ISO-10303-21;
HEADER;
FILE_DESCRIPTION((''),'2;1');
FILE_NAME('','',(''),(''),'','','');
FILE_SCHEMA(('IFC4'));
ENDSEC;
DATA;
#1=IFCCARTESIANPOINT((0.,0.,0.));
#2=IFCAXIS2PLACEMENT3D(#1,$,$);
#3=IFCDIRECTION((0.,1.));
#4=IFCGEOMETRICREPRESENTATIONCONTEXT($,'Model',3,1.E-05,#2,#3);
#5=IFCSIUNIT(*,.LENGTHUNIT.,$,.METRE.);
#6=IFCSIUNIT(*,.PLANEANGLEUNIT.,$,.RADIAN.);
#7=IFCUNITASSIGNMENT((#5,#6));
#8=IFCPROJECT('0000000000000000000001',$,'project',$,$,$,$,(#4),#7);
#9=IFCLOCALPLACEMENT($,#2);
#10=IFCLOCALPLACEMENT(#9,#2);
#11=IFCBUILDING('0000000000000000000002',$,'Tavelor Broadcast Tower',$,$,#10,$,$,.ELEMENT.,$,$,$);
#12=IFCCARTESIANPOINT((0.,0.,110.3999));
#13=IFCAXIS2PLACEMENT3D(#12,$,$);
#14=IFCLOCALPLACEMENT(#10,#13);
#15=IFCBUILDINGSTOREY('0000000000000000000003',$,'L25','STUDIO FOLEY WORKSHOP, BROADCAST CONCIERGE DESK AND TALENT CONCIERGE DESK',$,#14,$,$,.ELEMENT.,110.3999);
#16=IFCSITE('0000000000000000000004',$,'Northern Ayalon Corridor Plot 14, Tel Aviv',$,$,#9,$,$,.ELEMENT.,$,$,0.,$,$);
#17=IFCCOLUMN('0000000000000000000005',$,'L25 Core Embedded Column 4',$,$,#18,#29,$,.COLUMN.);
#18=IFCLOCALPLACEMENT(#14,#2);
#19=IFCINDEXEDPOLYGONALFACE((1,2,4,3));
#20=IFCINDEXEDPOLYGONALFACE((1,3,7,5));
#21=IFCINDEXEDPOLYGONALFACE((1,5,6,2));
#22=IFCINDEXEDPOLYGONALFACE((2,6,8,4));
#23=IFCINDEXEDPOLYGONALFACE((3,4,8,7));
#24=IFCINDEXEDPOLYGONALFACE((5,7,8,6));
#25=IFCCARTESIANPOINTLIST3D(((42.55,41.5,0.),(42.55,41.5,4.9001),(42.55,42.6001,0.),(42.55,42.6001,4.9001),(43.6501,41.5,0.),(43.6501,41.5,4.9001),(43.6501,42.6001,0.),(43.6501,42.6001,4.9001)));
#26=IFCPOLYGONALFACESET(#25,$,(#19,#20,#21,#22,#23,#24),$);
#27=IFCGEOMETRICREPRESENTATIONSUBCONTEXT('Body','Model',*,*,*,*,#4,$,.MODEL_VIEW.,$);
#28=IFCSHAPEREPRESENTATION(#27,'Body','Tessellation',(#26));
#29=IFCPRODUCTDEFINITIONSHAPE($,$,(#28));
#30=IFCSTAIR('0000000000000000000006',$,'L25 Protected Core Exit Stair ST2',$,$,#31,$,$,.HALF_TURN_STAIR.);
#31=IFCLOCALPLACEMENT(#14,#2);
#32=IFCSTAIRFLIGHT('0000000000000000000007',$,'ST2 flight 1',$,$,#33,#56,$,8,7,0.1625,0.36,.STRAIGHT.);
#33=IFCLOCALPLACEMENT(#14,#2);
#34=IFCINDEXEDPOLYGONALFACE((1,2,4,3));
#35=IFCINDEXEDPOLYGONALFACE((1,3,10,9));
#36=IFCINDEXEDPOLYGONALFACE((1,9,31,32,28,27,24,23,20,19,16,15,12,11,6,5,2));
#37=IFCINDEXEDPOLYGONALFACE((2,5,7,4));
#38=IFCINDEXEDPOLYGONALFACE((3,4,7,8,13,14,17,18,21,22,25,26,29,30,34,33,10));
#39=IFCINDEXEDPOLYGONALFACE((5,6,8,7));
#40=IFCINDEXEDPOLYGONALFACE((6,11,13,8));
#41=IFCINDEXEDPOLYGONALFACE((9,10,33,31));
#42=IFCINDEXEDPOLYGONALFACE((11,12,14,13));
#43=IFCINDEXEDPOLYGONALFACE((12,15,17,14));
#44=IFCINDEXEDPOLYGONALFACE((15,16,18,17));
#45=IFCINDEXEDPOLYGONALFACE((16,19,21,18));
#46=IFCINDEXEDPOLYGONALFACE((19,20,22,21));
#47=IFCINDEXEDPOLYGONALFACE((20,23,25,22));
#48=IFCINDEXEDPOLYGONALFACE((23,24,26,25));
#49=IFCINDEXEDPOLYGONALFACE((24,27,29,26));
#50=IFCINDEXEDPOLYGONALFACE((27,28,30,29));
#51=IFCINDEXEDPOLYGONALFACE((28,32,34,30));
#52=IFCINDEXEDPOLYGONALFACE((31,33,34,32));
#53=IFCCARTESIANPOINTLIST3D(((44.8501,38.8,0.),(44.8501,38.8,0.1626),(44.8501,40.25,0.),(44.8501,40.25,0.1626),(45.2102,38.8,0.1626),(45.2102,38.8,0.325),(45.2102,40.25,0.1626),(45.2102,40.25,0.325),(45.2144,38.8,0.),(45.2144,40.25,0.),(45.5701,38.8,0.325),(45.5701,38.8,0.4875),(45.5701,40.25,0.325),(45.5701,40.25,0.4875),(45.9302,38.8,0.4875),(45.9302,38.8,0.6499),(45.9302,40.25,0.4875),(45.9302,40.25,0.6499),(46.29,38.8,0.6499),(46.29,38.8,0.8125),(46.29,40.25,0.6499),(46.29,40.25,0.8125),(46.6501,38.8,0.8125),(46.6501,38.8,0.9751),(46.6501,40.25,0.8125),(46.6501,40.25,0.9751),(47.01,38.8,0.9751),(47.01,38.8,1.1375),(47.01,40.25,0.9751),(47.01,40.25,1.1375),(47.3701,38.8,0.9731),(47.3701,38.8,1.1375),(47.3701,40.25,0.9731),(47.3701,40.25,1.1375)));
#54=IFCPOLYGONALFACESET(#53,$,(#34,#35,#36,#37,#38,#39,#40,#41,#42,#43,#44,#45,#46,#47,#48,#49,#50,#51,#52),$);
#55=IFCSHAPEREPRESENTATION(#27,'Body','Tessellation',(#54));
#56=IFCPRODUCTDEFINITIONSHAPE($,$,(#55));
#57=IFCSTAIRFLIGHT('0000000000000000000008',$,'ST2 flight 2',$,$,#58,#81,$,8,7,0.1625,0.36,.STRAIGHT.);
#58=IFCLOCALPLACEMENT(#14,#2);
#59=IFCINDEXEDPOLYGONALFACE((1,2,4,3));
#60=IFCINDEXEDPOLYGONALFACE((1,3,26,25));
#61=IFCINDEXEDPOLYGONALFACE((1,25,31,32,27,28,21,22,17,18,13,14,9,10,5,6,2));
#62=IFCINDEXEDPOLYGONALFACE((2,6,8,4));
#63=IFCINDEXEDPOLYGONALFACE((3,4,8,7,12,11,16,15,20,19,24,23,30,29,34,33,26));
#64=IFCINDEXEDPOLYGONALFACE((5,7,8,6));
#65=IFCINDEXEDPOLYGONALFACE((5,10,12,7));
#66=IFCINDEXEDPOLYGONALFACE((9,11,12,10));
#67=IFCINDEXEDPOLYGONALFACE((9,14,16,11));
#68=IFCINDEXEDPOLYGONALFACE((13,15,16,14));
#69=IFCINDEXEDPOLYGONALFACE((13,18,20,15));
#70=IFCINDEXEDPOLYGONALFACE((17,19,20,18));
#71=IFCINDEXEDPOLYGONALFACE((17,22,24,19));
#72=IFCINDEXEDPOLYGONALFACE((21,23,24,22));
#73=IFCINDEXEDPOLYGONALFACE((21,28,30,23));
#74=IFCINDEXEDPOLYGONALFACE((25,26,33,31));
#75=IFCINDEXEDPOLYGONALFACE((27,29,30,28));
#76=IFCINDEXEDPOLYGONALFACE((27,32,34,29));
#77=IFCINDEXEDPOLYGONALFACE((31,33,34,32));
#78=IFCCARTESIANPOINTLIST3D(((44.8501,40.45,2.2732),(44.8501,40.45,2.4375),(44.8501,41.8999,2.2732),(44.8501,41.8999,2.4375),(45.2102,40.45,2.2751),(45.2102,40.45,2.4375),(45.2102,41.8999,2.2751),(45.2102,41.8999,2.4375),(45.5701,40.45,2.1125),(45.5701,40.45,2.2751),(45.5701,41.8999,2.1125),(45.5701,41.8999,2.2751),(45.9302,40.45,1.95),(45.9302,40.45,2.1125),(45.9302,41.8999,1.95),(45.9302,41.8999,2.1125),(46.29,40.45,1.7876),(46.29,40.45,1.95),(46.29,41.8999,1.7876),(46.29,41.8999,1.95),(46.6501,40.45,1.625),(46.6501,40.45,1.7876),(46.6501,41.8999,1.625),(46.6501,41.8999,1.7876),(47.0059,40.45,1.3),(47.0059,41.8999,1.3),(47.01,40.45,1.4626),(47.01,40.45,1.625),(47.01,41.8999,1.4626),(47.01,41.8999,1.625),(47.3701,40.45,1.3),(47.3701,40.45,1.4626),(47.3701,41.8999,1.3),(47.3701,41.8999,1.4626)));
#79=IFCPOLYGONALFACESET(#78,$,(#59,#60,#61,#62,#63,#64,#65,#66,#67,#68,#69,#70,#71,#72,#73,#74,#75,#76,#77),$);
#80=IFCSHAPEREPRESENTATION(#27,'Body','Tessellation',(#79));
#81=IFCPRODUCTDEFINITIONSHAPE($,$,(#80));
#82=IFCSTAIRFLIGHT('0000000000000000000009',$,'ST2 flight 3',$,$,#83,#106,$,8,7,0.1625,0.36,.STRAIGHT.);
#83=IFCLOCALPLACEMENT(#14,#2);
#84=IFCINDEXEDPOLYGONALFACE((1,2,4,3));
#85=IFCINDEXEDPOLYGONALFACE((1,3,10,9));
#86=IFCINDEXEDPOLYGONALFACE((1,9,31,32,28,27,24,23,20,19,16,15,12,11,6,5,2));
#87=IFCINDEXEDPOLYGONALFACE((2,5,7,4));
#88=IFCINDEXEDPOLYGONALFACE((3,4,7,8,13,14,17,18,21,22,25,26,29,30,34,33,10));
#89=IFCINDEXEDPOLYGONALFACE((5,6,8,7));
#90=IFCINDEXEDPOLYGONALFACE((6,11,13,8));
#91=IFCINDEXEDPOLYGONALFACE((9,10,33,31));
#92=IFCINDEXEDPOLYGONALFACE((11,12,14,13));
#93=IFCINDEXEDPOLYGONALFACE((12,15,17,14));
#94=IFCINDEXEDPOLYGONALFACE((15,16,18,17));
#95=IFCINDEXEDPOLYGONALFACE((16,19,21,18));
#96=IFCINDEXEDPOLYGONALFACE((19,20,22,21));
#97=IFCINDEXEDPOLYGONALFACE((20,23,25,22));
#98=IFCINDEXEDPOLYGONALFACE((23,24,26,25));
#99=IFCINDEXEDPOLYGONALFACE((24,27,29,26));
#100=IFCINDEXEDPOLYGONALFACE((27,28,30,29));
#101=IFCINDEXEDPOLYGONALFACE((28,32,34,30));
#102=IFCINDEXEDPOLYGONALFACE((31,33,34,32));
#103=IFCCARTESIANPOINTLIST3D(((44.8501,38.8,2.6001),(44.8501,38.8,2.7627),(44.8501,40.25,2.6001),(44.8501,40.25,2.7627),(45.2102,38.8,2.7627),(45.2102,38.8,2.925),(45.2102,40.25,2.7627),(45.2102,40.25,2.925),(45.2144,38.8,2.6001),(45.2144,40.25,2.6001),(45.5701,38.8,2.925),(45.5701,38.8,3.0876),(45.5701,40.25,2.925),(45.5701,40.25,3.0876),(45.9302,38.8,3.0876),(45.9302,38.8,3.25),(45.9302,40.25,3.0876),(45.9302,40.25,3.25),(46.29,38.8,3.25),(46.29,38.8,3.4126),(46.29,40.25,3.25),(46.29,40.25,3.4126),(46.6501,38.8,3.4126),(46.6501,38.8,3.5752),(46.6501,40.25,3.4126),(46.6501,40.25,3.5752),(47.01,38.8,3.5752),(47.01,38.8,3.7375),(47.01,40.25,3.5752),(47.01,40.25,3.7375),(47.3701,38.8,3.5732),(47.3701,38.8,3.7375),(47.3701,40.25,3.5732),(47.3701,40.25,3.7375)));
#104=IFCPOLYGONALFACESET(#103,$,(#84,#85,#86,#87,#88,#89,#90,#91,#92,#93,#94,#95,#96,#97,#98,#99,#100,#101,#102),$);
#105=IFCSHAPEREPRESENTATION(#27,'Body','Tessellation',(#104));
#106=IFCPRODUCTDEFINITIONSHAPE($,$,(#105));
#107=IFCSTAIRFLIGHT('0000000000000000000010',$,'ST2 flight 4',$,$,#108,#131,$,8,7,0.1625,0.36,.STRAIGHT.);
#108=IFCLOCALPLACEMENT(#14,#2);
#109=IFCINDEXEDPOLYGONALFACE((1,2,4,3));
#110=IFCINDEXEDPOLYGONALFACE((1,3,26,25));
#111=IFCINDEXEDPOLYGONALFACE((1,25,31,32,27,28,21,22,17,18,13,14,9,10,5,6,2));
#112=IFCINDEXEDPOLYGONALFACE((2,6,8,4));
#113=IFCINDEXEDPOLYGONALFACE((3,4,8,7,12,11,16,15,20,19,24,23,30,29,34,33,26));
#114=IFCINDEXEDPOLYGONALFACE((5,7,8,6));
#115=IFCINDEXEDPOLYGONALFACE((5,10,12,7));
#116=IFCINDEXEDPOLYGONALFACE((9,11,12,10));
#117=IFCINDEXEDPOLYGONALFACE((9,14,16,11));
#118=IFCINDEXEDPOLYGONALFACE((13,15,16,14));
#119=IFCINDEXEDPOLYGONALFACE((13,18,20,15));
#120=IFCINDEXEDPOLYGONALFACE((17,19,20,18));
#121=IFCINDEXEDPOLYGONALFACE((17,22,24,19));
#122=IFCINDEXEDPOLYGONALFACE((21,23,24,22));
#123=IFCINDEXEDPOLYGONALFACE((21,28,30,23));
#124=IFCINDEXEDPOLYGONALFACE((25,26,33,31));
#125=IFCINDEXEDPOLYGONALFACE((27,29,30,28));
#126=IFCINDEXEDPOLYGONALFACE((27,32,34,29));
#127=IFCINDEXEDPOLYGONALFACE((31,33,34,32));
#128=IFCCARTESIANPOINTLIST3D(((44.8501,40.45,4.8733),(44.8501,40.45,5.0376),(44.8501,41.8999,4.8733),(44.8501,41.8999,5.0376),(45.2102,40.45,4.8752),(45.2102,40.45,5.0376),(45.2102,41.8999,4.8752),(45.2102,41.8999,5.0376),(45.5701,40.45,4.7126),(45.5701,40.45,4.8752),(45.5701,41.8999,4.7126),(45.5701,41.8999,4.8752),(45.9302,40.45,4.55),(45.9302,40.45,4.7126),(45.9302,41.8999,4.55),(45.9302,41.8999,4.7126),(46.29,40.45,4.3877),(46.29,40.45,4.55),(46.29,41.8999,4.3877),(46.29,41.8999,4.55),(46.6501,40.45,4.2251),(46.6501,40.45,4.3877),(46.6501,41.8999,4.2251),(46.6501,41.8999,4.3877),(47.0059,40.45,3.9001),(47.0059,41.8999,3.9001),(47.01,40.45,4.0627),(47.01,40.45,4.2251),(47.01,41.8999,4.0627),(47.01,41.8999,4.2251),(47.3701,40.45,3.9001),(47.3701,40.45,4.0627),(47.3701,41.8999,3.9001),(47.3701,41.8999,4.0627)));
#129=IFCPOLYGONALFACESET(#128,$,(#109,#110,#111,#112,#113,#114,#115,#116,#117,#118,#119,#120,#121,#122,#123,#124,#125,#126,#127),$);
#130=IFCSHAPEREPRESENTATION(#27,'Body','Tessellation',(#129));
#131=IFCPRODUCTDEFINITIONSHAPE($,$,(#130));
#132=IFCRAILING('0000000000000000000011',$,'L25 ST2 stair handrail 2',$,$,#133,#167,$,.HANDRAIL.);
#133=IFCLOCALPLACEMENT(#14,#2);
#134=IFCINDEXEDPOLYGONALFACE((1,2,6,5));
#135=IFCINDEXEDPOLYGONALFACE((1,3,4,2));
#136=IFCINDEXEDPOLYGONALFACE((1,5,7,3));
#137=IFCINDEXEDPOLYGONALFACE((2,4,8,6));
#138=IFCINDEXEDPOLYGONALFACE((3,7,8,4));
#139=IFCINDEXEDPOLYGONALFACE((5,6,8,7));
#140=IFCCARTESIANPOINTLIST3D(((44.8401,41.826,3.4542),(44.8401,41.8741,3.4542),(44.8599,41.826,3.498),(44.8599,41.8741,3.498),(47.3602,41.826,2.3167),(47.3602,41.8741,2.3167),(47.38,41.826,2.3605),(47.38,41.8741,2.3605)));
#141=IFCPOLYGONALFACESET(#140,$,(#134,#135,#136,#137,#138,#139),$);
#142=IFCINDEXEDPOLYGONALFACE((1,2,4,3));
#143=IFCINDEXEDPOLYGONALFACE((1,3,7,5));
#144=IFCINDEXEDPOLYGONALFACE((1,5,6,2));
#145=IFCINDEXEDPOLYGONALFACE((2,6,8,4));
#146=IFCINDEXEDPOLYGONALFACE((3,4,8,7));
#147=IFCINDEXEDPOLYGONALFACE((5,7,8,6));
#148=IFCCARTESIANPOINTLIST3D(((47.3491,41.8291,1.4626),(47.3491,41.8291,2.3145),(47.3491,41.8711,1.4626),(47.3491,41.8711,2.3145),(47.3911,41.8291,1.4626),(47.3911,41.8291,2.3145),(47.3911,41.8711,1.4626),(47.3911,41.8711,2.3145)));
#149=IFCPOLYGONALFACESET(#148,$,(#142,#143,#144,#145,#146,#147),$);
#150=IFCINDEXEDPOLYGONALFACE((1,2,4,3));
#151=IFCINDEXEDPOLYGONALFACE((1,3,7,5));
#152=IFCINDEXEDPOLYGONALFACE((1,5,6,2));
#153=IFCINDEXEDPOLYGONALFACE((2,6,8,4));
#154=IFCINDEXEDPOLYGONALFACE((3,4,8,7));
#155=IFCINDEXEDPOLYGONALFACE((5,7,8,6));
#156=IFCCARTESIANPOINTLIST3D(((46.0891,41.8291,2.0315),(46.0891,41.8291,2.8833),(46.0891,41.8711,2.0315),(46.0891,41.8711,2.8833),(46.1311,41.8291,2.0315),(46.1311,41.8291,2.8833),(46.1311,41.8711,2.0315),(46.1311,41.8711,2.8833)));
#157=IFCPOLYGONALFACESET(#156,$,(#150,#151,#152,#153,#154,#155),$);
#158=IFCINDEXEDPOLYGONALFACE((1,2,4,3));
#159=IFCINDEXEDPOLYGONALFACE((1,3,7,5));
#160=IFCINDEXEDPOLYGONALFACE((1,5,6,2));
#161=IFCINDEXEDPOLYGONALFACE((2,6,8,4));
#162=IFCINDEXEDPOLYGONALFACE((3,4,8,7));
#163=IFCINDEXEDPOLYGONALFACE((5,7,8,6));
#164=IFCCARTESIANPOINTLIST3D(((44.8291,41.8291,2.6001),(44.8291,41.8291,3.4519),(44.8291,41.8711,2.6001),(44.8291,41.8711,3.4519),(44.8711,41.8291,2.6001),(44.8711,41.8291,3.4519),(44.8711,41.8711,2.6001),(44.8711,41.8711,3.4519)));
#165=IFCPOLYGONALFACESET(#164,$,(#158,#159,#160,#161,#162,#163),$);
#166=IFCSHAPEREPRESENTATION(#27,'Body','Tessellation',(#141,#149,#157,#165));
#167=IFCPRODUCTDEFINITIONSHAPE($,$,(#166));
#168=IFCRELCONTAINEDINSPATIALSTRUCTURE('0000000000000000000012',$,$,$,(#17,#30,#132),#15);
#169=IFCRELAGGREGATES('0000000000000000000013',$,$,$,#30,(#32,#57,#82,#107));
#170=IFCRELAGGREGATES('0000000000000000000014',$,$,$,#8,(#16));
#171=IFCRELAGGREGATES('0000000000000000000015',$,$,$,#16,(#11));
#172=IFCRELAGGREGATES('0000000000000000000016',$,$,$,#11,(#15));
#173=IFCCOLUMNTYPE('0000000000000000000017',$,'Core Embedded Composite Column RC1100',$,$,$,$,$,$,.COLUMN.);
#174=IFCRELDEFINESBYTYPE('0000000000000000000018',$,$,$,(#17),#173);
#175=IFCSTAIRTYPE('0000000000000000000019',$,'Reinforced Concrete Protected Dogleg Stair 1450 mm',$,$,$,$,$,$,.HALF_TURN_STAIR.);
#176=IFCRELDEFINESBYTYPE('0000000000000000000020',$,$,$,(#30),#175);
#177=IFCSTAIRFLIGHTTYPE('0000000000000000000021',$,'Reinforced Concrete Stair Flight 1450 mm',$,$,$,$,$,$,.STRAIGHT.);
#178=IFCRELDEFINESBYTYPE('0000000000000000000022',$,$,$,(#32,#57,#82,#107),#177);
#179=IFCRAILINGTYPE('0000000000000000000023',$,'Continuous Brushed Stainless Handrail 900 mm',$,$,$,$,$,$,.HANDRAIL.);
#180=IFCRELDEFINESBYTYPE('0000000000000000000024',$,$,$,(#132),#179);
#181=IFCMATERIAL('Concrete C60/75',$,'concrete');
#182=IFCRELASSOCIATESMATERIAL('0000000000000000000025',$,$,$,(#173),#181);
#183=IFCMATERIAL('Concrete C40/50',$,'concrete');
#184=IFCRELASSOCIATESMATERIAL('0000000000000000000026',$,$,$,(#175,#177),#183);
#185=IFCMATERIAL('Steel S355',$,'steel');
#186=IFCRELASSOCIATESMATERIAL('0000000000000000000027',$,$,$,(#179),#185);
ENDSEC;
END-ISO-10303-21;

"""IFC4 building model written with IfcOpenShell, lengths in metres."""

from ifc_helpers import new_model, si_unit, direction, frame, origin, origin_2d, place, context, subcontext, project, spatial, polyline, rectangle, outline, extrude, material, material_profile, profile_set, type_object, element, aggregate, save


model = new_model("IFC4")

# Units and contexts
model_context = context("Model", 3, precision=1e-05, world=origin(), true_north=direction((0.0, 1.0)))
body_context = subcontext(model_context, "Body", "Model", "MODEL_VIEW")
ifc_project = project(units=[si_unit("LENGTHUNIT", "METRE"), si_unit("PLANEANGLEUNIT", "RADIAN")], contexts=[model_context])

# Site, building, storey
site_placement = place(None, origin())
site = spatial("IfcSite", under=ifc_project, at=site_placement, Name="Northern Ayalon Corridor Plot 14, Tel Aviv", CompositionType="ELEMENT", RefElevation=0.0)
building_placement = place(site_placement, origin())
building = spatial("IfcBuilding", under=site, at=building_placement, Name="Tavelor Broadcast Tower", CompositionType="ELEMENT")
storey_placement = place(building_placement, frame((0.0, 0.0, 110.3999)))
storey = spatial("IfcBuildingStorey", under=building, at=storey_placement, Name="L25", Description="STUDIO FOLEY WORKSHOP, BROADCAST CONCIERGE DESK AND TALENT CONCIERGE DESK", CompositionType="ELEMENT", Elevation=110.3999)

# Column
ifc_material_1 = material(Name="Concrete C60/75", Category="concrete")
ifc_material_profile = material_profile(ifc_material_1, rectangle(XDim=1.1001, YDim=1.1001, at=origin_2d()), Name="RC 1100x1100")
ifc_profile_set = profile_set([ifc_material_profile], Name="Concrete C60/75")
column_type = type_object("IfcColumnType", Name="Core Embedded Composite Column RC1100", PredefinedType="COLUMN", material=ifc_profile_set)
column_placement = place(storey_placement, frame((43.1001, 42.05, 0.0), z_axis=(0.0, 0.0, 1.0), x_axis=(1.0, 0.0, 0.0)))
element("IfcColumn", 1, at=column_placement, inside=storey, type_object=column_type, Name="L25 Core Embedded Column 4", PredefinedType="COLUMN", context=body_context, shape_type="SweptSolid", body=[
    extrude(rectangle(XDim=1.1001, YDim=1.1001, at=origin_2d()), origin(), (0.0, 0.0, 1.0), 4.9001),
])

# Stair, stair flights
ifc_material_2 = material(Name="Concrete C40/50", Category="concrete")
stair_type = type_object("IfcStairType", Name="Reinforced Concrete Protected Dogleg Stair 1450 mm", PredefinedType="HALF_TURN_STAIR", material=ifc_material_2)
stair_placement = place(storey_placement, origin())
stair = element("IfcStair", 2, at=stair_placement, inside=storey, type_object=stair_type, Name="L25 Protected Core Exit Stair ST2", PredefinedType="HALF_TURN_STAIR")
stair_flight_type = type_object("IfcStairFlightType", Name="Reinforced Concrete Stair Flight 1450 mm", PredefinedType="STRAIGHT", material=ifc_material_2)
stair_flight_1_placement = place(storey_placement, frame((44.8501, 39.5249, 0.0), z_axis=(0.0, 0.0, 1.0), x_axis=(1.0, 0.0, 0.0)))
stair_flight_1 = element("IfcStairFlight", 3, at=stair_flight_1_placement, type_object=stair_flight_type, Name="ST2 flight 1", NumberOfRisers=8, NumberOfTreads=7, PredefinedType="STRAIGHT", RiserHeight=0.1625, TreadLength=0.36, context=body_context, shape_type="SweptSolid", body=[
    extrude(outline(polyline([(0.0, 0.0), (0.0, 0.1626), (0.3601, 0.1626), (0.3601, 0.325), (0.72, 0.325), (0.72, 0.4875), (1.0801, 0.4875), (1.0801, 0.6499), (1.4399, 0.6499), (1.4399, 0.8125), (1.8, 0.8125), (1.8, 0.9751), (2.1599, 0.9751), (2.1599, 1.1375), (2.52, 1.1375), (2.52, 1.3), (2.52, 0.9731), (0.3643, 0.0), (0.0, 0.0)])), frame((0.0, 0.7251, 0.0), z_axis=(0.0, -1.0, 0.0), x_axis=(1.0, 0.0, 0.0)), (0.0, 0.0, 1.0), 1.45),
])
stair_flight_2_placement = place(storey_placement, frame((47.3701, 41.175, 1.3), z_axis=(0.0, 0.0, 1.0), x_axis=(-1.0, 0.0, 0.0)))
stair_flight_2 = element("IfcStairFlight", 4, at=stair_flight_2_placement, type_object=stair_flight_type, Name="ST2 flight 2", NumberOfRisers=8, NumberOfTreads=7, PredefinedType="STRAIGHT", RiserHeight=0.1625, TreadLength=0.36, context=body_context, shape_type="SweptSolid", body=[
    extrude(outline(polyline([(0.0, 0.0), (0.0, 0.1626), (0.3601, 0.1626), (0.3601, 0.325), (0.72, 0.325), (0.72, 0.4875), (1.0801, 0.4875), (1.0801, 0.6499), (1.4399, 0.6499), (1.4399, 0.8125), (1.8, 0.8125), (1.8, 0.9751), (2.1599, 0.9751), (2.1599, 1.1375), (2.52, 1.1375), (2.52, 1.3), (2.52, 0.9731), (0.3643, 0.0), (0.0, 0.0)])), frame((0.0, 0.7251, 0.0), z_axis=(0.0, -1.0, 0.0), x_axis=(1.0, 0.0, 0.0)), (0.0, 0.0, 1.0), 1.45),
])
stair_flight_3_placement = place(storey_placement, frame((44.8501, 39.5249, 2.6001), z_axis=(0.0, 0.0, 1.0), x_axis=(1.0, 0.0, 0.0)))
stair_flight_3 = element("IfcStairFlight", 5, at=stair_flight_3_placement, type_object=stair_flight_type, Name="ST2 flight 3", NumberOfRisers=8, NumberOfTreads=7, PredefinedType="STRAIGHT", RiserHeight=0.1625, TreadLength=0.36, context=body_context, shape_type="SweptSolid", body=[
    extrude(outline(polyline([(0.0, 0.0), (0.0, 0.1626), (0.3601, 0.1626), (0.3601, 0.325), (0.72, 0.325), (0.72, 0.4875), (1.0801, 0.4875), (1.0801, 0.6499), (1.4399, 0.6499), (1.4399, 0.8125), (1.8, 0.8125), (1.8, 0.9751), (2.1599, 0.9751), (2.1599, 1.1375), (2.52, 1.1375), (2.52, 1.3), (2.52, 0.9731), (0.3643, 0.0), (0.0, 0.0)])), frame((0.0, 0.7251, 0.0), z_axis=(0.0, -1.0, 0.0), x_axis=(1.0, 0.0, 0.0)), (0.0, 0.0, 1.0), 1.45),
])
stair_flight_4_placement = place(storey_placement, frame((47.3701, 41.175, 3.9001), z_axis=(0.0, 0.0, 1.0), x_axis=(-1.0, 0.0, 0.0)))
stair_flight_4 = element("IfcStairFlight", 6, at=stair_flight_4_placement, type_object=stair_flight_type, Name="ST2 flight 4", NumberOfRisers=8, NumberOfTreads=7, PredefinedType="STRAIGHT", RiserHeight=0.1625, TreadLength=0.36, context=body_context, shape_type="SweptSolid", body=[
    extrude(outline(polyline([(0.0, 0.0), (0.0, 0.1626), (0.3601, 0.1626), (0.3601, 0.325), (0.72, 0.325), (0.72, 0.4875), (1.0801, 0.4875), (1.0801, 0.6499), (1.4399, 0.6499), (1.4399, 0.8125), (1.8, 0.8125), (1.8, 0.9751), (2.1599, 0.9751), (2.1599, 1.1375), (2.52, 1.1375), (2.52, 1.3), (2.52, 0.9731), (0.3643, 0.0), (0.0, 0.0)])), frame((0.0, 0.7251, 0.0), z_axis=(0.0, -1.0, 0.0), x_axis=(1.0, 0.0, 0.0)), (0.0, 0.0, 1.0), 1.45),
])
aggregate(stair, [stair_flight_1, stair_flight_2, stair_flight_3, stair_flight_4])

# Railing
ifc_material_3 = material(Name="Steel S355", Category="steel")
railing_type_1 = type_object("IfcRailingType", Name="Continuous Brushed Stainless Handrail 900 mm", PredefinedType="HANDRAIL", material=ifc_material_3)
railing_1_placement = place(storey_placement, frame((47.3701, 41.8501, 1.4626)))
element("IfcRailing", 7, at=railing_1_placement, inside=storey, type_object=railing_type_1, Name="L25 ST2 stair handrail 2", PredefinedType="HANDRAIL", context=body_context, shape_type="SweptSolid", body=[
    extrude(rectangle(XDim=0.0481, YDim=0.0481, at=origin_2d()), frame((0.0, 0.0, 0.876), z_axis=(-0.911455, 0.0, 0.4114), x_axis=(0.0, -1.0, 0.0)), (0.0, 0.0, 1.0), 2.7649),
    extrude(rectangle(XDim=0.042, YDim=0.042, at=origin_2d()), origin(), (0.0, 0.0, 1.0), 0.8518),
    extrude(rectangle(XDim=0.042, YDim=0.042, at=origin_2d()), frame((-1.26, 0.0, 0.5688)), (0.0, 0.0, 1.0), 0.8518),
    extrude(rectangle(XDim=0.042, YDim=0.042, at=origin_2d()), frame((-2.52, 0.0, 1.1375)), (0.0, 0.0, 1.0), 0.8518),
])

save(model, "model.ifc")
